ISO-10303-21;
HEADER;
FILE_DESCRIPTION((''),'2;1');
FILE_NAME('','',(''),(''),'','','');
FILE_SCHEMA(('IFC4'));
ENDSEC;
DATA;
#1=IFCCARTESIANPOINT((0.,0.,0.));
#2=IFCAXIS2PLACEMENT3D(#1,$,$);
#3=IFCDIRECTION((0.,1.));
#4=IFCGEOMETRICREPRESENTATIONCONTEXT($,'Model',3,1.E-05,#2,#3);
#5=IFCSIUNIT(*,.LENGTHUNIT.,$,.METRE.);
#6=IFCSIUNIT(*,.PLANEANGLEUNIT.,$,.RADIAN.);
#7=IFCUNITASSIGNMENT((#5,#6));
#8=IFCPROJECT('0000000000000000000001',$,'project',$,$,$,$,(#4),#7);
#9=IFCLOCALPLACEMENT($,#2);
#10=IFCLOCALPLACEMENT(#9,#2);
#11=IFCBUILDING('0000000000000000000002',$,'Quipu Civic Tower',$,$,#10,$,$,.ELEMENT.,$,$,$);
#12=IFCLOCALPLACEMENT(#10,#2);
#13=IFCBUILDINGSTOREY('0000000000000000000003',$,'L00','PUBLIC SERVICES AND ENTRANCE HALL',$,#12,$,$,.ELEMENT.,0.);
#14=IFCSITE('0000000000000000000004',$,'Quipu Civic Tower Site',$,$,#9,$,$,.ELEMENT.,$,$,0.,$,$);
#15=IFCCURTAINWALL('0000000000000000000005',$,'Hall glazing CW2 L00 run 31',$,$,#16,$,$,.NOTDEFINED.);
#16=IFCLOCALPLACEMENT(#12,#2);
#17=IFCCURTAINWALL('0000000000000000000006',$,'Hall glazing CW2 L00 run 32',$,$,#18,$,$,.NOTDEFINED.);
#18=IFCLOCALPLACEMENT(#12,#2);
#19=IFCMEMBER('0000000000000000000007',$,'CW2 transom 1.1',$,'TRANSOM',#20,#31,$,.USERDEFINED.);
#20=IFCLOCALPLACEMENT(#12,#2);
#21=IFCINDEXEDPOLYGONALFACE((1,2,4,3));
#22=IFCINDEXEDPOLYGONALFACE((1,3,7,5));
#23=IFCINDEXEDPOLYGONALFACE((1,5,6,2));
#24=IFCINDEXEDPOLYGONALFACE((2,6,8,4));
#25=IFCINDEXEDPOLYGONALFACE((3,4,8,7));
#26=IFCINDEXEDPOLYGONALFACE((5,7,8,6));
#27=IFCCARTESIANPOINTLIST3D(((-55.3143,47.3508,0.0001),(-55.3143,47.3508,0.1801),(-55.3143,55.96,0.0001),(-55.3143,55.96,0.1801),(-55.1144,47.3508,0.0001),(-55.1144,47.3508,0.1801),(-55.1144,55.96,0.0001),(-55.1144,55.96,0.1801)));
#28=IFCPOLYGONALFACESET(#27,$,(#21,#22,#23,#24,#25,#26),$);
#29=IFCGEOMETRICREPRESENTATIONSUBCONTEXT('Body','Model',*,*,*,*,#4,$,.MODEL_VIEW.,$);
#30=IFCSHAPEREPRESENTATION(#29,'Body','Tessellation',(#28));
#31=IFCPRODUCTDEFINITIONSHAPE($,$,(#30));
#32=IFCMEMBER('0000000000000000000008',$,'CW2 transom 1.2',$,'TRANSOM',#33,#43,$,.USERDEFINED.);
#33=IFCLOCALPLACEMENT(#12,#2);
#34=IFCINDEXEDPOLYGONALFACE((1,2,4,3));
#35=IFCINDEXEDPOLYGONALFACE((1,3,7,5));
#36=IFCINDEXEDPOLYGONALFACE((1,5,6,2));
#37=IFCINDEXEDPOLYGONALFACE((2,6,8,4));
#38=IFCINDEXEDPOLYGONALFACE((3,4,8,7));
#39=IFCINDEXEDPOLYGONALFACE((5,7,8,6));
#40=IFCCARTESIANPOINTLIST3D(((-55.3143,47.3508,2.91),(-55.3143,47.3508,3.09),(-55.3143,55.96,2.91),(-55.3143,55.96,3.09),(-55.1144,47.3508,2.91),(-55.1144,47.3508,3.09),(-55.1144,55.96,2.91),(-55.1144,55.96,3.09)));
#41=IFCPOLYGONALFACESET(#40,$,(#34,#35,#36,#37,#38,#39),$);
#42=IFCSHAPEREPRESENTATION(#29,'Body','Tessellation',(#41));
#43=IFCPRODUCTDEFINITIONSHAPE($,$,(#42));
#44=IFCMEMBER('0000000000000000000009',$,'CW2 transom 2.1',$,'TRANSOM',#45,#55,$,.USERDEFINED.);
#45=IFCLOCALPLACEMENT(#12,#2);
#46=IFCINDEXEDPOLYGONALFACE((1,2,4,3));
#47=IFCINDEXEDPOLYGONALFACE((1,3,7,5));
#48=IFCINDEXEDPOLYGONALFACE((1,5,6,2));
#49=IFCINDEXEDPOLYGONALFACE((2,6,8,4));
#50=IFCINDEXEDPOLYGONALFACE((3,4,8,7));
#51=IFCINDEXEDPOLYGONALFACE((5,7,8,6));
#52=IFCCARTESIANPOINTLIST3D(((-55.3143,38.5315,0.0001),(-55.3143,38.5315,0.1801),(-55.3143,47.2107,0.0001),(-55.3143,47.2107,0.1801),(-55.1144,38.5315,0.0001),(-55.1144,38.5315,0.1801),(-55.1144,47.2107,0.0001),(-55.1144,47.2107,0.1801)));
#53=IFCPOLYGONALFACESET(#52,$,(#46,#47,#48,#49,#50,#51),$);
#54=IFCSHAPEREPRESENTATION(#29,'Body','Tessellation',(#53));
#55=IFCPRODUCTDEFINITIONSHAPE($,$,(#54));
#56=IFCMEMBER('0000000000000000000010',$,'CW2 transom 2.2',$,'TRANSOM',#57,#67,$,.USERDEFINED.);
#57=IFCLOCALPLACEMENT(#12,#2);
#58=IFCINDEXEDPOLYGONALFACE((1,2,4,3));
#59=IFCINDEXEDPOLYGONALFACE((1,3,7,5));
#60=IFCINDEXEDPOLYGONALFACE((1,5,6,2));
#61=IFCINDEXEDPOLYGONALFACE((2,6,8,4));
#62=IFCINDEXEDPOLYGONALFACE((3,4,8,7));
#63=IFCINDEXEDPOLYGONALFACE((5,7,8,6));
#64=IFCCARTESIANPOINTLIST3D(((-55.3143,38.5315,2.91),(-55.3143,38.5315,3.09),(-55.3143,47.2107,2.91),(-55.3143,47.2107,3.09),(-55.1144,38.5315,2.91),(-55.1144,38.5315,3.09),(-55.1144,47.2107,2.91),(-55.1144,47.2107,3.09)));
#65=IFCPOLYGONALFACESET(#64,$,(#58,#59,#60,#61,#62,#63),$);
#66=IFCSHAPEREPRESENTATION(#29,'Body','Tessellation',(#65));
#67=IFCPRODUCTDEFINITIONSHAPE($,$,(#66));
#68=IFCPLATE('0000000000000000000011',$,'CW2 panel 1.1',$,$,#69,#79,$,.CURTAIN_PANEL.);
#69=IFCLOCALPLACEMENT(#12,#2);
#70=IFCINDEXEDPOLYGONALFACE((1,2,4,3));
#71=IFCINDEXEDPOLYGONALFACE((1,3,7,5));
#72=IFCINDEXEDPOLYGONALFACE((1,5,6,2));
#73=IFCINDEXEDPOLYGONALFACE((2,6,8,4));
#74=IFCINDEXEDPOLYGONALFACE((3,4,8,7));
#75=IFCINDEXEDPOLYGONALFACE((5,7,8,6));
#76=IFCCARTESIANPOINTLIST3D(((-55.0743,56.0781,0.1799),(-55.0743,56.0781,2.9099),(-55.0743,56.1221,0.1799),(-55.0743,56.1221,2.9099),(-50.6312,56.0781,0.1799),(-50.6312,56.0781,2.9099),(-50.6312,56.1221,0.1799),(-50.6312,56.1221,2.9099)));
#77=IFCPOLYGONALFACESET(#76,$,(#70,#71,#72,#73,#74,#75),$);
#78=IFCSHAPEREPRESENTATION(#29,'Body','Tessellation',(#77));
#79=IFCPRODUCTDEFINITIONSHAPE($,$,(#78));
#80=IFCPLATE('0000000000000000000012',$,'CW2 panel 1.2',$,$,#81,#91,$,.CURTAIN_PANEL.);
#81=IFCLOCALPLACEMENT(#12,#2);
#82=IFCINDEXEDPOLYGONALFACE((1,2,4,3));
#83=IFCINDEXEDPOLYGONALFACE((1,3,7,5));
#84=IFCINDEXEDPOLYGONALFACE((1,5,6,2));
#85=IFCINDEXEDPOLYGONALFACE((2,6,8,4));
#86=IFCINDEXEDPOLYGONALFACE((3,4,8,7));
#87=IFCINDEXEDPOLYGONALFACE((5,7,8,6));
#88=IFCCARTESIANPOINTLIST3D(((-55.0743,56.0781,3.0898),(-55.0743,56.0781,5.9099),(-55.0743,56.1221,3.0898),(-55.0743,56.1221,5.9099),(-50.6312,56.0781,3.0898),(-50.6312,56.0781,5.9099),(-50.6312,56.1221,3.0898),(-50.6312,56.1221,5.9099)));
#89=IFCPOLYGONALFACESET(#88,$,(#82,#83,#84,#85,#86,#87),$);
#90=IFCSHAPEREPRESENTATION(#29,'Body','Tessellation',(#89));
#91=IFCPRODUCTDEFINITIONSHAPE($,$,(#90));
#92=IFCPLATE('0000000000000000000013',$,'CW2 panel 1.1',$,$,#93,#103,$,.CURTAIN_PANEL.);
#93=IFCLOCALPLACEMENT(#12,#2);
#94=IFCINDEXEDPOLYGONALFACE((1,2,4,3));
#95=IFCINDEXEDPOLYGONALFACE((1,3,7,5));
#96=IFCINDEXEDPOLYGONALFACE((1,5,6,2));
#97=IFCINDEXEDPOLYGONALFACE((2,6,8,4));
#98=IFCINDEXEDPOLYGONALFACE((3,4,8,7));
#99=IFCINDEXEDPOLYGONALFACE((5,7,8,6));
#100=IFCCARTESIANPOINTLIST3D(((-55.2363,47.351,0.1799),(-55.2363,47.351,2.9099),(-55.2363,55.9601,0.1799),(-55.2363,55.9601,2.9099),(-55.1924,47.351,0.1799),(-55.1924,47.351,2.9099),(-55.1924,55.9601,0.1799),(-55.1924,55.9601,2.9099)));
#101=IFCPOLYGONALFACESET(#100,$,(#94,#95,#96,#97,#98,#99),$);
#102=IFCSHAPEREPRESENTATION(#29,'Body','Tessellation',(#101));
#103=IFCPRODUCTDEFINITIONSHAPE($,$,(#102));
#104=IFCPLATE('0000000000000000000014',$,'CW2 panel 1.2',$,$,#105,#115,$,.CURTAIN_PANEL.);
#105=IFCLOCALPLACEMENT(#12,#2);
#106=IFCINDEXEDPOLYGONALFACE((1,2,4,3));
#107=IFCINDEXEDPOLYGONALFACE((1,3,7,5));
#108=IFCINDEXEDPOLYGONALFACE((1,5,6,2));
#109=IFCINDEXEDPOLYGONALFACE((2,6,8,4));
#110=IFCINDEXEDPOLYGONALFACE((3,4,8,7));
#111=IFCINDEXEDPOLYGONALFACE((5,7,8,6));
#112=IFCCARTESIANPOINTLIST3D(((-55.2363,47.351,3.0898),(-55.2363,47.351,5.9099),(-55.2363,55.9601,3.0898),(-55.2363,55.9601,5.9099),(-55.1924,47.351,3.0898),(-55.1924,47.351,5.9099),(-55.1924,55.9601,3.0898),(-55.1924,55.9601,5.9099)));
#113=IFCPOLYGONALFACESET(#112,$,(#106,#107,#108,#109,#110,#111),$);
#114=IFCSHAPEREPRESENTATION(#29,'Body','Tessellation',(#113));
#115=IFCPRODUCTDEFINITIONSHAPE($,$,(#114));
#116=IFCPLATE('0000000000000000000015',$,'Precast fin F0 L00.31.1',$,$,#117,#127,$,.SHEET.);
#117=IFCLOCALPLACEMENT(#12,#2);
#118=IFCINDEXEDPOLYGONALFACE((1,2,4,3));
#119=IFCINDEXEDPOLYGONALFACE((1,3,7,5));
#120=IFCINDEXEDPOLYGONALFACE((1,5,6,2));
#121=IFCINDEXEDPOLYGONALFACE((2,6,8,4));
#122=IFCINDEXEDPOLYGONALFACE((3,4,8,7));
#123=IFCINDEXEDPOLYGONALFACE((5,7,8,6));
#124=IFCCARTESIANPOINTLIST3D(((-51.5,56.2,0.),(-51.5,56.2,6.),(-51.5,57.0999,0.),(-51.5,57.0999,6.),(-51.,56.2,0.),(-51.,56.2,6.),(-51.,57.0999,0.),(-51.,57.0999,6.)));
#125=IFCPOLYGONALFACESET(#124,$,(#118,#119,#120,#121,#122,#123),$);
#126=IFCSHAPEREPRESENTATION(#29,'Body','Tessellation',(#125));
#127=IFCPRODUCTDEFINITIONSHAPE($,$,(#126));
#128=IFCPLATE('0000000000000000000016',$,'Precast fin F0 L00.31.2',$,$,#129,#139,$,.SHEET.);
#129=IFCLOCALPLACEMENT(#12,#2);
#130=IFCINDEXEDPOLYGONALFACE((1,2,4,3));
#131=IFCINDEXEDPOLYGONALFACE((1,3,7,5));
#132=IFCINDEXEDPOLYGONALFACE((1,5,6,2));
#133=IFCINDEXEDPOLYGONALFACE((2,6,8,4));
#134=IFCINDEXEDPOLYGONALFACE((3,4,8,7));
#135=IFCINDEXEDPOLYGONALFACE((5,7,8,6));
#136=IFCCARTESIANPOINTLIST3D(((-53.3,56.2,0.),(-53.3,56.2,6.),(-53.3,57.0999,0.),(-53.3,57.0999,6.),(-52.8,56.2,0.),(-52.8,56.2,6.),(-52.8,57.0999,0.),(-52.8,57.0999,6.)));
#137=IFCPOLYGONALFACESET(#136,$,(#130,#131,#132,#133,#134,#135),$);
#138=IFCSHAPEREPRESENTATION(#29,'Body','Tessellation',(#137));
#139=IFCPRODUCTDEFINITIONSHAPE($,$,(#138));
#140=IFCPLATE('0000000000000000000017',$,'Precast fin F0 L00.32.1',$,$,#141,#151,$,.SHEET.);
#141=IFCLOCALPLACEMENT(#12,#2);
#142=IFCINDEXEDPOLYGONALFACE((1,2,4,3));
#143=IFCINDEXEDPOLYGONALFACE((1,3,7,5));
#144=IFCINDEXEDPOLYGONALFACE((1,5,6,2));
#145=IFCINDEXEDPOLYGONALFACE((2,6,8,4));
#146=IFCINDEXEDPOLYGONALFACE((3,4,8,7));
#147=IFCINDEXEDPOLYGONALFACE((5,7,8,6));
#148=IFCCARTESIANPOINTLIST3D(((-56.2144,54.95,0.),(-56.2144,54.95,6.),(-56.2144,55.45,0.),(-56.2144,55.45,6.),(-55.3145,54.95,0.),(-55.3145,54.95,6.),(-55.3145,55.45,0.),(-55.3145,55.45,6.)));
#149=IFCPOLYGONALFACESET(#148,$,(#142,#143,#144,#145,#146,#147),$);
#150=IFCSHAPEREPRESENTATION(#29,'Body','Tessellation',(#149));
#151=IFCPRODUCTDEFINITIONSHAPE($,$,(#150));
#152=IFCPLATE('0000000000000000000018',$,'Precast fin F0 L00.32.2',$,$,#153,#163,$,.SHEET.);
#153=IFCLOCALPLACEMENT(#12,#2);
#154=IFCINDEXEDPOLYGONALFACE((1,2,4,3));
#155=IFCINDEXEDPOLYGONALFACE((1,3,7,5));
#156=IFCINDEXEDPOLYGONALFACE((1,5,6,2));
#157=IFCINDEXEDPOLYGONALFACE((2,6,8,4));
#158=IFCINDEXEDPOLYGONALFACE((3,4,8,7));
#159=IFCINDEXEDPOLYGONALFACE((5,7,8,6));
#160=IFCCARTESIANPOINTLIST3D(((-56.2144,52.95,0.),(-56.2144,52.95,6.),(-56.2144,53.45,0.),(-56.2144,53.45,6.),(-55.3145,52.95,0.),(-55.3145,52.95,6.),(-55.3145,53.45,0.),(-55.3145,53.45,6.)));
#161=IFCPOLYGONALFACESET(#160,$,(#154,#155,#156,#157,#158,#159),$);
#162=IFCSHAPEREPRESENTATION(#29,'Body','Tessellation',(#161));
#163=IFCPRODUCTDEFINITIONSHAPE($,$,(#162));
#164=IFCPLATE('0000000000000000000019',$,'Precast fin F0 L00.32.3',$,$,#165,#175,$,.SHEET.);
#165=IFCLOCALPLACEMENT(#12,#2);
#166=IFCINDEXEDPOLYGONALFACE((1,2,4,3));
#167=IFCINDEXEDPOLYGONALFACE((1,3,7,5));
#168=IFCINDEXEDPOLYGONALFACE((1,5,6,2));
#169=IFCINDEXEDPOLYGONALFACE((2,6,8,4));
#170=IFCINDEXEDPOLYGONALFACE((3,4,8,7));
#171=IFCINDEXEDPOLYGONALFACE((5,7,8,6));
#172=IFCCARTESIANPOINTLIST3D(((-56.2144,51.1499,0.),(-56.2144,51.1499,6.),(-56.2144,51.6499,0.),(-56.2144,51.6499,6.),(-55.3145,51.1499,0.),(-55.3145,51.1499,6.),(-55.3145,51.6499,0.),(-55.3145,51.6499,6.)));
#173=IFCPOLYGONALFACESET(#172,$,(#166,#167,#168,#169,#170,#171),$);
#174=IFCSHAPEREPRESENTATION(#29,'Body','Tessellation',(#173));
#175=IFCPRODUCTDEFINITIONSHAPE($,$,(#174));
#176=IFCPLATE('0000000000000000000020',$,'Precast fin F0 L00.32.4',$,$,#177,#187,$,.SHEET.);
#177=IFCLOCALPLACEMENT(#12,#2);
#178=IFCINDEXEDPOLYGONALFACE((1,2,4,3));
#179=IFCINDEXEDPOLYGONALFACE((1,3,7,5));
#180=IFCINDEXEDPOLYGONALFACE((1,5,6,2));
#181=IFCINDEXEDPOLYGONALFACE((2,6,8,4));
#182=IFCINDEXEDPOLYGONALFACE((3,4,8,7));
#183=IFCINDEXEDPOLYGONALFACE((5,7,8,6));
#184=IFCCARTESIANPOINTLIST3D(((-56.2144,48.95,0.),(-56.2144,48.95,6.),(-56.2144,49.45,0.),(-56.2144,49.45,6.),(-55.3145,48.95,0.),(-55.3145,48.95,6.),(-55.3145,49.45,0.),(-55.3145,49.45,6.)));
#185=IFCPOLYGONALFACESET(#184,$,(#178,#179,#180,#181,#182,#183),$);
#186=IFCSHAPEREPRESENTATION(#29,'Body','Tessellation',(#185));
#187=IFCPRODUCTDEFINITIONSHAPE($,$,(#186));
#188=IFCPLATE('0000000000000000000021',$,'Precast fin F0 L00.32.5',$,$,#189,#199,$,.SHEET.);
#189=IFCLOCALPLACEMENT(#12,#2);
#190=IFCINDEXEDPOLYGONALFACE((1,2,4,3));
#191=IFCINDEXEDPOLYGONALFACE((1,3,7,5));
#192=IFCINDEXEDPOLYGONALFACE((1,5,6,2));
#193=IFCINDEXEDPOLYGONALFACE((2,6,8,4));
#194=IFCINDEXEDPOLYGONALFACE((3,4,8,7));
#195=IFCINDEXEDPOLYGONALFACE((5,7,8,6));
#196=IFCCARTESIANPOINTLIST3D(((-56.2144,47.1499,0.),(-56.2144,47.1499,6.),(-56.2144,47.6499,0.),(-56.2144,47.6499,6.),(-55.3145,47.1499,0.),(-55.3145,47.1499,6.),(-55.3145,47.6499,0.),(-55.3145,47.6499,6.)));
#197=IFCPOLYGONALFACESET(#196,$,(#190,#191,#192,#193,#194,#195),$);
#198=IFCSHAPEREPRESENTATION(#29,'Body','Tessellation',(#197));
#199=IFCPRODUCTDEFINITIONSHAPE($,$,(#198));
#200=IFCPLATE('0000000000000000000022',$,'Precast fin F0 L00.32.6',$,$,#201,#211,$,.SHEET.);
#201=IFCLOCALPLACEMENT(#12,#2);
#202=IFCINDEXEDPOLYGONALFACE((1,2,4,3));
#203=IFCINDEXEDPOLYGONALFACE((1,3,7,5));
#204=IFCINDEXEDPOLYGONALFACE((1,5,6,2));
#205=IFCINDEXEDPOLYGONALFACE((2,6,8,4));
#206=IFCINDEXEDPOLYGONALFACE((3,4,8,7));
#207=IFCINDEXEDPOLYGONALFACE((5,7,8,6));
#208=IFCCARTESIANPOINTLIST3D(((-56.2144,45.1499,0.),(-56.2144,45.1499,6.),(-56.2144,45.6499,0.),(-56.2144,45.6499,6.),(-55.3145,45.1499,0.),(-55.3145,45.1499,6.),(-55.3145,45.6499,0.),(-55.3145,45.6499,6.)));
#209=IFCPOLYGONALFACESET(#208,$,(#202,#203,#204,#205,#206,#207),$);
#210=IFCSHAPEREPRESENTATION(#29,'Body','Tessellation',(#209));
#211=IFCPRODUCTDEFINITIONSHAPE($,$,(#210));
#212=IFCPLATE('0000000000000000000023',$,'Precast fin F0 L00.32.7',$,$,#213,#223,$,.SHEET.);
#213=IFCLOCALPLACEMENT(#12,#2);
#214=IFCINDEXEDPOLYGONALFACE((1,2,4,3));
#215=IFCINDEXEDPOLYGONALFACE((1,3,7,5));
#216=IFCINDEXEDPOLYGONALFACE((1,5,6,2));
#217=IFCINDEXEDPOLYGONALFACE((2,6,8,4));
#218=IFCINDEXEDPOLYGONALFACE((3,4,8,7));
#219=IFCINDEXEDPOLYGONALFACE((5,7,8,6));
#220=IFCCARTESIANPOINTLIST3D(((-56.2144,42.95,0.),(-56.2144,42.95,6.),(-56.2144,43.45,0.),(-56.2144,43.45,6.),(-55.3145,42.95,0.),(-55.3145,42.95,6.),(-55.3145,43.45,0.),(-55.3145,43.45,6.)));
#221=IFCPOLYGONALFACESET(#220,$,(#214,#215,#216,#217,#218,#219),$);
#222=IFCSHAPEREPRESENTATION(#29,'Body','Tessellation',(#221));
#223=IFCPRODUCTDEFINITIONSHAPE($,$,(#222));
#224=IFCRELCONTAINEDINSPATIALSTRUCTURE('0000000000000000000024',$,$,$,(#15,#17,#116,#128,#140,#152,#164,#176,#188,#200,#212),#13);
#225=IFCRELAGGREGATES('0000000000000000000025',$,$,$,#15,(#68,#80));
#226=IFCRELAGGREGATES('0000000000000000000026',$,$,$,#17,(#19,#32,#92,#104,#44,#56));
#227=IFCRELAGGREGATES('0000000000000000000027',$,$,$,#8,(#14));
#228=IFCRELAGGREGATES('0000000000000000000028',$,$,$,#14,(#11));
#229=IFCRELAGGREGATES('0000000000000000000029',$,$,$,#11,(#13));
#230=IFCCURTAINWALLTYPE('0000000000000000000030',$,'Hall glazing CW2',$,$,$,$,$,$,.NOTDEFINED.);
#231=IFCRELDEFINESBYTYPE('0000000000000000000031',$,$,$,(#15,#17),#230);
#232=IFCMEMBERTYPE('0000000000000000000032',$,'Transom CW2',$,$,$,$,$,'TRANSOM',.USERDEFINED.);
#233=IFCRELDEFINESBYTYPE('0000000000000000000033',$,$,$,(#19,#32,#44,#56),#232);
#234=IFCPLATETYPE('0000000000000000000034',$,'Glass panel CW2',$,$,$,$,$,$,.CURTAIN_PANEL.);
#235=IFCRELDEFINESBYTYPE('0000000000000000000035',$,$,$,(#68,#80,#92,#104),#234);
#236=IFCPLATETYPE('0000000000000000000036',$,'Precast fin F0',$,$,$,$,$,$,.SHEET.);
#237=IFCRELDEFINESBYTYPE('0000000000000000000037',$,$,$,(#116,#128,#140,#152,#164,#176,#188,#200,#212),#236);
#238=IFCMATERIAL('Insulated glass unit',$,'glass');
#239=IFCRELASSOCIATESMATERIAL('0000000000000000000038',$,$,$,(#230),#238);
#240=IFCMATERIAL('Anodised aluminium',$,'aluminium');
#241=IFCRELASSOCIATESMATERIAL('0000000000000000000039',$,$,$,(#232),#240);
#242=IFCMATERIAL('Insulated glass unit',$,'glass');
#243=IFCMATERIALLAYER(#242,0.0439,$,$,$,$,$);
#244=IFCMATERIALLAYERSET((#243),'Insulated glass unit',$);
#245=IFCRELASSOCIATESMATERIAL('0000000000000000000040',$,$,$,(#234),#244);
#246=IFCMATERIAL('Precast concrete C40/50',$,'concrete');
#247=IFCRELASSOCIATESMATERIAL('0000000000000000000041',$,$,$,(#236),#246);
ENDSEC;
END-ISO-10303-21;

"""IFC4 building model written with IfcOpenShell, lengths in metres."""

from ifc_helpers import new_model, si_unit, direction, frame, origin, origin_2d, place, context, subcontext, project, spatial, rectangle, extrude, material, layer, layer_set, material_profile, profile_set, type_object, element, aggregate, save


model = new_model("IFC4")

# Units and contexts
model_context = context("Model", 3, precision=1e-05, world=origin(), true_north=direction((0.0, 1.0)))
body_context = subcontext(model_context, "Body", "Model", "MODEL_VIEW")
ifc_project = project(units=[si_unit("LENGTHUNIT", "METRE"), si_unit("PLANEANGLEUNIT", "RADIAN")], contexts=[model_context])

# Site, building, storey
site_placement = place(None, origin())
site = spatial("IfcSite", under=ifc_project, at=site_placement, Name="Quipu Civic Tower Site", CompositionType="ELEMENT", RefElevation=0.0)
building_placement = place(site_placement, origin())
building = spatial("IfcBuilding", under=site, at=building_placement, Name="Quipu Civic Tower", CompositionType="ELEMENT")
storey_placement = place(building_placement, origin())
storey = spatial("IfcBuildingStorey", under=building, at=storey_placement, Name="L00", Description="PUBLIC SERVICES AND ENTRANCE HALL", CompositionType="ELEMENT", Elevation=0.0)

# Curtain walls
ifc_material_1 = material(Name="Insulated glass unit", Category="glass")
curtain_wall_type = type_object("IfcCurtainWallType", Name="Hall glazing CW2", PredefinedType="NOTDEFINED", material=ifc_material_1)
curtain_wall_1_placement = place(storey_placement, origin())
curtain_wall_1 = element("IfcCurtainWall", 1, at=curtain_wall_1_placement, inside=storey, type_object=curtain_wall_type, Name="Hall glazing CW2 L00 run 31", PredefinedType="NOTDEFINED")
curtain_wall_2_placement = place(storey_placement, origin())
curtain_wall_2 = element("IfcCurtainWall", 2, at=curtain_wall_2_placement, inside=storey, type_object=curtain_wall_type, Name="Hall glazing CW2 L00 run 32", PredefinedType="NOTDEFINED")

# Members
ifc_material_2 = material(Name="Anodised aluminium", Category="aluminium")
ifc_material_profile_1 = material_profile(ifc_material_2, rectangle(XDim=0.2, YDim=0.1799, at=origin_2d()), Name="RECT 200x180")
ifc_profile_set_1 = profile_set([ifc_material_profile_1], Name="Anodised aluminium")
member_type_1 = type_object("IfcMemberType", Name="Transom CW2", ElementType="TRANSOM", PredefinedType="USERDEFINED", material=ifc_profile_set_1)
member_1_placement = place(storey_placement, frame((-55.2144, 55.96, 0.0901), z_axis=(0.0, -1.0, 0.0), x_axis=(1.0, 0.0, 0.0)))
member_1 = element("IfcMember", 3, at=member_1_placement, type_object=member_type_1, Name="CW2 transom 1.1", ObjectType="TRANSOM", PredefinedType="USERDEFINED", context=body_context, shape_type="SweptSolid", body=[
    extrude(rectangle(XDim=0.2, YDim=0.1799, at=origin_2d()), origin(), (0.0, 0.0, 1.0), 8.6091),
])
member_2_placement = place(storey_placement, frame((-55.2144, 55.96, 3.0), z_axis=(0.0, -1.0, 0.0), x_axis=(1.0, 0.0, 0.0)))
member_2 = element("IfcMember", 4, at=member_2_placement, type_object=member_type_1, Name="CW2 transom 1.2", ObjectType="TRANSOM", PredefinedType="USERDEFINED", context=body_context, shape_type="SweptSolid", body=[
    extrude(rectangle(XDim=0.2, YDim=0.1799, at=origin_2d()), origin(), (0.0, 0.0, 1.0), 8.6091),
])
member_3_placement = place(storey_placement, frame((-55.2144, 47.2107, 0.0901), z_axis=(0.0, -1.0, 0.0), x_axis=(1.0, 0.0, 0.0)))
member_3 = element("IfcMember", 5, at=member_3_placement, type_object=member_type_1, Name="CW2 transom 2.1", ObjectType="TRANSOM", PredefinedType="USERDEFINED", context=body_context, shape_type="SweptSolid", body=[
    extrude(rectangle(XDim=0.2, YDim=0.1799, at=origin_2d()), origin(), (0.0, 0.0, 1.0), 8.6792),
])
member_4_placement = place(storey_placement, frame((-55.2144, 47.2107, 3.0), z_axis=(0.0, -1.0, 0.0), x_axis=(1.0, 0.0, 0.0)))
member_4 = element("IfcMember", 6, at=member_4_placement, type_object=member_type_1, Name="CW2 transom 2.2", ObjectType="TRANSOM", PredefinedType="USERDEFINED", context=body_context, shape_type="SweptSolid", body=[
    extrude(rectangle(XDim=0.2, YDim=0.1799, at=origin_2d()), origin(), (0.0, 0.0, 1.0), 8.6792),
])

# Plates
ifc_material_3 = material(Name="Insulated glass unit", Category="glass")
ifc_layer = layer(ifc_material_3, 0.0439)
ifc_layer_set = layer_set([ifc_layer], Name="Insulated glass unit")
plate_type_1 = type_object("IfcPlateType", Name="Glass panel CW2", PredefinedType="CURTAIN_PANEL", material=ifc_layer_set)
plate_1_placement = place(storey_placement, frame((-52.8528, 56.1001, 0.1799), z_axis=(0.0, 0.0, 1.0), x_axis=(-1.0, 0.0, 0.0)))
plate_1 = element("IfcPlate", 7, at=plate_1_placement, type_object=plate_type_1, Name="CW2 panel 1.1", PredefinedType="CURTAIN_PANEL", context=body_context, shape_type="SweptSolid", body=[
    extrude(rectangle(XDim=4.4431, YDim=0.0439, at=origin_2d()), origin(), (0.0, 0.0, 1.0), 2.73),
])
plate_2_placement = place(storey_placement, frame((-52.8528, 56.1001, 3.0898), z_axis=(0.0, 0.0, 1.0), x_axis=(-1.0, 0.0, 0.0)))
plate_2 = element("IfcPlate", 8, at=plate_2_placement, type_object=plate_type_1, Name="CW2 panel 1.2", PredefinedType="CURTAIN_PANEL", context=body_context, shape_type="SweptSolid", body=[
    extrude(rectangle(XDim=4.4431, YDim=0.0439, at=origin_2d()), origin(), (0.0, 0.0, 1.0), 2.8201),
])
aggregate(curtain_wall_1, [plate_1, plate_2])
plate_3_placement = place(storey_placement, frame((-55.2144, 51.6555, 0.1799), z_axis=(0.0, 0.0, 1.0), x_axis=(0.0, -1.0, 0.0)))
plate_3 = element("IfcPlate", 9, at=plate_3_placement, type_object=plate_type_1, Name="CW2 panel 1.1", PredefinedType="CURTAIN_PANEL", context=body_context, shape_type="SweptSolid", body=[
    extrude(rectangle(XDim=8.6091, YDim=0.0439, at=origin_2d()), origin(), (0.0, 0.0, 1.0), 2.73),
])
plate_4_placement = place(storey_placement, frame((-55.2144, 51.6555, 3.0898), z_axis=(0.0, 0.0, 1.0), x_axis=(0.0, -1.0, 0.0)))
plate_4 = element("IfcPlate", 10, at=plate_4_placement, type_object=plate_type_1, Name="CW2 panel 1.2", PredefinedType="CURTAIN_PANEL", context=body_context, shape_type="SweptSolid", body=[
    extrude(rectangle(XDim=8.6091, YDim=0.0439, at=origin_2d()), origin(), (0.0, 0.0, 1.0), 2.8201),
])
aggregate(curtain_wall_2, [member_1, member_2, plate_3, plate_4, member_3, member_4])

# Plates
ifc_material_4 = material(Name="Precast concrete C40/50", Category="concrete")
plate_type_2 = type_object("IfcPlateType", Name="Precast fin F0", PredefinedType="SHEET", material=ifc_material_4)
for number, where, z_axis, x_axis, name in (
    (11, (-51.25, 56.6499, 0.0), (0.0, 0.0, 1.0), (-1.0, 0.0, 0.0), "Precast fin F0 L00.31.1"),
    (12, (-53.05, 56.6499, 0.0), (0.0, 0.0, 1.0), (-1.0, 0.0, 0.0), "Precast fin F0 L00.31.2"),
    (13, (-55.7644, 55.2, 0.0), (0.0, 0.0, 1.0), (0.0, -1.0, 0.0), "Precast fin F0 L00.32.1"),
    (14, (-55.7644, 53.2, 0.0), (0.0, 0.0, 1.0), (0.0, -1.0, 0.0), "Precast fin F0 L00.32.2"),
    (15, (-55.7644, 51.3999, 0.0), (0.0, 0.0, 1.0), (0.0, -1.0, 0.0), "Precast fin F0 L00.32.3"),
    (16, (-55.7644, 49.2, 0.0), (0.0, 0.0, 1.0), (0.0, -1.0, 0.0), "Precast fin F0 L00.32.4"),
    (17, (-55.7644, 47.3999, 0.0), (0.0, 0.0, 1.0), (0.0, -1.0, 0.0), "Precast fin F0 L00.32.5"),
    (18, (-55.7644, 45.3999, 0.0), (0.0, 0.0, 1.0), (0.0, -1.0, 0.0), "Precast fin F0 L00.32.6"),
    (19, (-55.7644, 43.2, 0.0), (0.0, 0.0, 1.0), (0.0, -1.0, 0.0), "Precast fin F0 L00.32.7"),
):
    element("IfcPlate", number, at=place(storey_placement, frame(where, z_axis=z_axis, x_axis=x_axis)), inside=storey, type_object=plate_type_2, Name=name, PredefinedType="SHEET", context=body_context, shape_type="SweptSolid", body=[
        extrude(rectangle(XDim=0.5, YDim=0.8999, at=origin_2d()), origin(), (0.0, 0.0, 1.0), 6.0),
    ])

save(model, "model.ifc")
